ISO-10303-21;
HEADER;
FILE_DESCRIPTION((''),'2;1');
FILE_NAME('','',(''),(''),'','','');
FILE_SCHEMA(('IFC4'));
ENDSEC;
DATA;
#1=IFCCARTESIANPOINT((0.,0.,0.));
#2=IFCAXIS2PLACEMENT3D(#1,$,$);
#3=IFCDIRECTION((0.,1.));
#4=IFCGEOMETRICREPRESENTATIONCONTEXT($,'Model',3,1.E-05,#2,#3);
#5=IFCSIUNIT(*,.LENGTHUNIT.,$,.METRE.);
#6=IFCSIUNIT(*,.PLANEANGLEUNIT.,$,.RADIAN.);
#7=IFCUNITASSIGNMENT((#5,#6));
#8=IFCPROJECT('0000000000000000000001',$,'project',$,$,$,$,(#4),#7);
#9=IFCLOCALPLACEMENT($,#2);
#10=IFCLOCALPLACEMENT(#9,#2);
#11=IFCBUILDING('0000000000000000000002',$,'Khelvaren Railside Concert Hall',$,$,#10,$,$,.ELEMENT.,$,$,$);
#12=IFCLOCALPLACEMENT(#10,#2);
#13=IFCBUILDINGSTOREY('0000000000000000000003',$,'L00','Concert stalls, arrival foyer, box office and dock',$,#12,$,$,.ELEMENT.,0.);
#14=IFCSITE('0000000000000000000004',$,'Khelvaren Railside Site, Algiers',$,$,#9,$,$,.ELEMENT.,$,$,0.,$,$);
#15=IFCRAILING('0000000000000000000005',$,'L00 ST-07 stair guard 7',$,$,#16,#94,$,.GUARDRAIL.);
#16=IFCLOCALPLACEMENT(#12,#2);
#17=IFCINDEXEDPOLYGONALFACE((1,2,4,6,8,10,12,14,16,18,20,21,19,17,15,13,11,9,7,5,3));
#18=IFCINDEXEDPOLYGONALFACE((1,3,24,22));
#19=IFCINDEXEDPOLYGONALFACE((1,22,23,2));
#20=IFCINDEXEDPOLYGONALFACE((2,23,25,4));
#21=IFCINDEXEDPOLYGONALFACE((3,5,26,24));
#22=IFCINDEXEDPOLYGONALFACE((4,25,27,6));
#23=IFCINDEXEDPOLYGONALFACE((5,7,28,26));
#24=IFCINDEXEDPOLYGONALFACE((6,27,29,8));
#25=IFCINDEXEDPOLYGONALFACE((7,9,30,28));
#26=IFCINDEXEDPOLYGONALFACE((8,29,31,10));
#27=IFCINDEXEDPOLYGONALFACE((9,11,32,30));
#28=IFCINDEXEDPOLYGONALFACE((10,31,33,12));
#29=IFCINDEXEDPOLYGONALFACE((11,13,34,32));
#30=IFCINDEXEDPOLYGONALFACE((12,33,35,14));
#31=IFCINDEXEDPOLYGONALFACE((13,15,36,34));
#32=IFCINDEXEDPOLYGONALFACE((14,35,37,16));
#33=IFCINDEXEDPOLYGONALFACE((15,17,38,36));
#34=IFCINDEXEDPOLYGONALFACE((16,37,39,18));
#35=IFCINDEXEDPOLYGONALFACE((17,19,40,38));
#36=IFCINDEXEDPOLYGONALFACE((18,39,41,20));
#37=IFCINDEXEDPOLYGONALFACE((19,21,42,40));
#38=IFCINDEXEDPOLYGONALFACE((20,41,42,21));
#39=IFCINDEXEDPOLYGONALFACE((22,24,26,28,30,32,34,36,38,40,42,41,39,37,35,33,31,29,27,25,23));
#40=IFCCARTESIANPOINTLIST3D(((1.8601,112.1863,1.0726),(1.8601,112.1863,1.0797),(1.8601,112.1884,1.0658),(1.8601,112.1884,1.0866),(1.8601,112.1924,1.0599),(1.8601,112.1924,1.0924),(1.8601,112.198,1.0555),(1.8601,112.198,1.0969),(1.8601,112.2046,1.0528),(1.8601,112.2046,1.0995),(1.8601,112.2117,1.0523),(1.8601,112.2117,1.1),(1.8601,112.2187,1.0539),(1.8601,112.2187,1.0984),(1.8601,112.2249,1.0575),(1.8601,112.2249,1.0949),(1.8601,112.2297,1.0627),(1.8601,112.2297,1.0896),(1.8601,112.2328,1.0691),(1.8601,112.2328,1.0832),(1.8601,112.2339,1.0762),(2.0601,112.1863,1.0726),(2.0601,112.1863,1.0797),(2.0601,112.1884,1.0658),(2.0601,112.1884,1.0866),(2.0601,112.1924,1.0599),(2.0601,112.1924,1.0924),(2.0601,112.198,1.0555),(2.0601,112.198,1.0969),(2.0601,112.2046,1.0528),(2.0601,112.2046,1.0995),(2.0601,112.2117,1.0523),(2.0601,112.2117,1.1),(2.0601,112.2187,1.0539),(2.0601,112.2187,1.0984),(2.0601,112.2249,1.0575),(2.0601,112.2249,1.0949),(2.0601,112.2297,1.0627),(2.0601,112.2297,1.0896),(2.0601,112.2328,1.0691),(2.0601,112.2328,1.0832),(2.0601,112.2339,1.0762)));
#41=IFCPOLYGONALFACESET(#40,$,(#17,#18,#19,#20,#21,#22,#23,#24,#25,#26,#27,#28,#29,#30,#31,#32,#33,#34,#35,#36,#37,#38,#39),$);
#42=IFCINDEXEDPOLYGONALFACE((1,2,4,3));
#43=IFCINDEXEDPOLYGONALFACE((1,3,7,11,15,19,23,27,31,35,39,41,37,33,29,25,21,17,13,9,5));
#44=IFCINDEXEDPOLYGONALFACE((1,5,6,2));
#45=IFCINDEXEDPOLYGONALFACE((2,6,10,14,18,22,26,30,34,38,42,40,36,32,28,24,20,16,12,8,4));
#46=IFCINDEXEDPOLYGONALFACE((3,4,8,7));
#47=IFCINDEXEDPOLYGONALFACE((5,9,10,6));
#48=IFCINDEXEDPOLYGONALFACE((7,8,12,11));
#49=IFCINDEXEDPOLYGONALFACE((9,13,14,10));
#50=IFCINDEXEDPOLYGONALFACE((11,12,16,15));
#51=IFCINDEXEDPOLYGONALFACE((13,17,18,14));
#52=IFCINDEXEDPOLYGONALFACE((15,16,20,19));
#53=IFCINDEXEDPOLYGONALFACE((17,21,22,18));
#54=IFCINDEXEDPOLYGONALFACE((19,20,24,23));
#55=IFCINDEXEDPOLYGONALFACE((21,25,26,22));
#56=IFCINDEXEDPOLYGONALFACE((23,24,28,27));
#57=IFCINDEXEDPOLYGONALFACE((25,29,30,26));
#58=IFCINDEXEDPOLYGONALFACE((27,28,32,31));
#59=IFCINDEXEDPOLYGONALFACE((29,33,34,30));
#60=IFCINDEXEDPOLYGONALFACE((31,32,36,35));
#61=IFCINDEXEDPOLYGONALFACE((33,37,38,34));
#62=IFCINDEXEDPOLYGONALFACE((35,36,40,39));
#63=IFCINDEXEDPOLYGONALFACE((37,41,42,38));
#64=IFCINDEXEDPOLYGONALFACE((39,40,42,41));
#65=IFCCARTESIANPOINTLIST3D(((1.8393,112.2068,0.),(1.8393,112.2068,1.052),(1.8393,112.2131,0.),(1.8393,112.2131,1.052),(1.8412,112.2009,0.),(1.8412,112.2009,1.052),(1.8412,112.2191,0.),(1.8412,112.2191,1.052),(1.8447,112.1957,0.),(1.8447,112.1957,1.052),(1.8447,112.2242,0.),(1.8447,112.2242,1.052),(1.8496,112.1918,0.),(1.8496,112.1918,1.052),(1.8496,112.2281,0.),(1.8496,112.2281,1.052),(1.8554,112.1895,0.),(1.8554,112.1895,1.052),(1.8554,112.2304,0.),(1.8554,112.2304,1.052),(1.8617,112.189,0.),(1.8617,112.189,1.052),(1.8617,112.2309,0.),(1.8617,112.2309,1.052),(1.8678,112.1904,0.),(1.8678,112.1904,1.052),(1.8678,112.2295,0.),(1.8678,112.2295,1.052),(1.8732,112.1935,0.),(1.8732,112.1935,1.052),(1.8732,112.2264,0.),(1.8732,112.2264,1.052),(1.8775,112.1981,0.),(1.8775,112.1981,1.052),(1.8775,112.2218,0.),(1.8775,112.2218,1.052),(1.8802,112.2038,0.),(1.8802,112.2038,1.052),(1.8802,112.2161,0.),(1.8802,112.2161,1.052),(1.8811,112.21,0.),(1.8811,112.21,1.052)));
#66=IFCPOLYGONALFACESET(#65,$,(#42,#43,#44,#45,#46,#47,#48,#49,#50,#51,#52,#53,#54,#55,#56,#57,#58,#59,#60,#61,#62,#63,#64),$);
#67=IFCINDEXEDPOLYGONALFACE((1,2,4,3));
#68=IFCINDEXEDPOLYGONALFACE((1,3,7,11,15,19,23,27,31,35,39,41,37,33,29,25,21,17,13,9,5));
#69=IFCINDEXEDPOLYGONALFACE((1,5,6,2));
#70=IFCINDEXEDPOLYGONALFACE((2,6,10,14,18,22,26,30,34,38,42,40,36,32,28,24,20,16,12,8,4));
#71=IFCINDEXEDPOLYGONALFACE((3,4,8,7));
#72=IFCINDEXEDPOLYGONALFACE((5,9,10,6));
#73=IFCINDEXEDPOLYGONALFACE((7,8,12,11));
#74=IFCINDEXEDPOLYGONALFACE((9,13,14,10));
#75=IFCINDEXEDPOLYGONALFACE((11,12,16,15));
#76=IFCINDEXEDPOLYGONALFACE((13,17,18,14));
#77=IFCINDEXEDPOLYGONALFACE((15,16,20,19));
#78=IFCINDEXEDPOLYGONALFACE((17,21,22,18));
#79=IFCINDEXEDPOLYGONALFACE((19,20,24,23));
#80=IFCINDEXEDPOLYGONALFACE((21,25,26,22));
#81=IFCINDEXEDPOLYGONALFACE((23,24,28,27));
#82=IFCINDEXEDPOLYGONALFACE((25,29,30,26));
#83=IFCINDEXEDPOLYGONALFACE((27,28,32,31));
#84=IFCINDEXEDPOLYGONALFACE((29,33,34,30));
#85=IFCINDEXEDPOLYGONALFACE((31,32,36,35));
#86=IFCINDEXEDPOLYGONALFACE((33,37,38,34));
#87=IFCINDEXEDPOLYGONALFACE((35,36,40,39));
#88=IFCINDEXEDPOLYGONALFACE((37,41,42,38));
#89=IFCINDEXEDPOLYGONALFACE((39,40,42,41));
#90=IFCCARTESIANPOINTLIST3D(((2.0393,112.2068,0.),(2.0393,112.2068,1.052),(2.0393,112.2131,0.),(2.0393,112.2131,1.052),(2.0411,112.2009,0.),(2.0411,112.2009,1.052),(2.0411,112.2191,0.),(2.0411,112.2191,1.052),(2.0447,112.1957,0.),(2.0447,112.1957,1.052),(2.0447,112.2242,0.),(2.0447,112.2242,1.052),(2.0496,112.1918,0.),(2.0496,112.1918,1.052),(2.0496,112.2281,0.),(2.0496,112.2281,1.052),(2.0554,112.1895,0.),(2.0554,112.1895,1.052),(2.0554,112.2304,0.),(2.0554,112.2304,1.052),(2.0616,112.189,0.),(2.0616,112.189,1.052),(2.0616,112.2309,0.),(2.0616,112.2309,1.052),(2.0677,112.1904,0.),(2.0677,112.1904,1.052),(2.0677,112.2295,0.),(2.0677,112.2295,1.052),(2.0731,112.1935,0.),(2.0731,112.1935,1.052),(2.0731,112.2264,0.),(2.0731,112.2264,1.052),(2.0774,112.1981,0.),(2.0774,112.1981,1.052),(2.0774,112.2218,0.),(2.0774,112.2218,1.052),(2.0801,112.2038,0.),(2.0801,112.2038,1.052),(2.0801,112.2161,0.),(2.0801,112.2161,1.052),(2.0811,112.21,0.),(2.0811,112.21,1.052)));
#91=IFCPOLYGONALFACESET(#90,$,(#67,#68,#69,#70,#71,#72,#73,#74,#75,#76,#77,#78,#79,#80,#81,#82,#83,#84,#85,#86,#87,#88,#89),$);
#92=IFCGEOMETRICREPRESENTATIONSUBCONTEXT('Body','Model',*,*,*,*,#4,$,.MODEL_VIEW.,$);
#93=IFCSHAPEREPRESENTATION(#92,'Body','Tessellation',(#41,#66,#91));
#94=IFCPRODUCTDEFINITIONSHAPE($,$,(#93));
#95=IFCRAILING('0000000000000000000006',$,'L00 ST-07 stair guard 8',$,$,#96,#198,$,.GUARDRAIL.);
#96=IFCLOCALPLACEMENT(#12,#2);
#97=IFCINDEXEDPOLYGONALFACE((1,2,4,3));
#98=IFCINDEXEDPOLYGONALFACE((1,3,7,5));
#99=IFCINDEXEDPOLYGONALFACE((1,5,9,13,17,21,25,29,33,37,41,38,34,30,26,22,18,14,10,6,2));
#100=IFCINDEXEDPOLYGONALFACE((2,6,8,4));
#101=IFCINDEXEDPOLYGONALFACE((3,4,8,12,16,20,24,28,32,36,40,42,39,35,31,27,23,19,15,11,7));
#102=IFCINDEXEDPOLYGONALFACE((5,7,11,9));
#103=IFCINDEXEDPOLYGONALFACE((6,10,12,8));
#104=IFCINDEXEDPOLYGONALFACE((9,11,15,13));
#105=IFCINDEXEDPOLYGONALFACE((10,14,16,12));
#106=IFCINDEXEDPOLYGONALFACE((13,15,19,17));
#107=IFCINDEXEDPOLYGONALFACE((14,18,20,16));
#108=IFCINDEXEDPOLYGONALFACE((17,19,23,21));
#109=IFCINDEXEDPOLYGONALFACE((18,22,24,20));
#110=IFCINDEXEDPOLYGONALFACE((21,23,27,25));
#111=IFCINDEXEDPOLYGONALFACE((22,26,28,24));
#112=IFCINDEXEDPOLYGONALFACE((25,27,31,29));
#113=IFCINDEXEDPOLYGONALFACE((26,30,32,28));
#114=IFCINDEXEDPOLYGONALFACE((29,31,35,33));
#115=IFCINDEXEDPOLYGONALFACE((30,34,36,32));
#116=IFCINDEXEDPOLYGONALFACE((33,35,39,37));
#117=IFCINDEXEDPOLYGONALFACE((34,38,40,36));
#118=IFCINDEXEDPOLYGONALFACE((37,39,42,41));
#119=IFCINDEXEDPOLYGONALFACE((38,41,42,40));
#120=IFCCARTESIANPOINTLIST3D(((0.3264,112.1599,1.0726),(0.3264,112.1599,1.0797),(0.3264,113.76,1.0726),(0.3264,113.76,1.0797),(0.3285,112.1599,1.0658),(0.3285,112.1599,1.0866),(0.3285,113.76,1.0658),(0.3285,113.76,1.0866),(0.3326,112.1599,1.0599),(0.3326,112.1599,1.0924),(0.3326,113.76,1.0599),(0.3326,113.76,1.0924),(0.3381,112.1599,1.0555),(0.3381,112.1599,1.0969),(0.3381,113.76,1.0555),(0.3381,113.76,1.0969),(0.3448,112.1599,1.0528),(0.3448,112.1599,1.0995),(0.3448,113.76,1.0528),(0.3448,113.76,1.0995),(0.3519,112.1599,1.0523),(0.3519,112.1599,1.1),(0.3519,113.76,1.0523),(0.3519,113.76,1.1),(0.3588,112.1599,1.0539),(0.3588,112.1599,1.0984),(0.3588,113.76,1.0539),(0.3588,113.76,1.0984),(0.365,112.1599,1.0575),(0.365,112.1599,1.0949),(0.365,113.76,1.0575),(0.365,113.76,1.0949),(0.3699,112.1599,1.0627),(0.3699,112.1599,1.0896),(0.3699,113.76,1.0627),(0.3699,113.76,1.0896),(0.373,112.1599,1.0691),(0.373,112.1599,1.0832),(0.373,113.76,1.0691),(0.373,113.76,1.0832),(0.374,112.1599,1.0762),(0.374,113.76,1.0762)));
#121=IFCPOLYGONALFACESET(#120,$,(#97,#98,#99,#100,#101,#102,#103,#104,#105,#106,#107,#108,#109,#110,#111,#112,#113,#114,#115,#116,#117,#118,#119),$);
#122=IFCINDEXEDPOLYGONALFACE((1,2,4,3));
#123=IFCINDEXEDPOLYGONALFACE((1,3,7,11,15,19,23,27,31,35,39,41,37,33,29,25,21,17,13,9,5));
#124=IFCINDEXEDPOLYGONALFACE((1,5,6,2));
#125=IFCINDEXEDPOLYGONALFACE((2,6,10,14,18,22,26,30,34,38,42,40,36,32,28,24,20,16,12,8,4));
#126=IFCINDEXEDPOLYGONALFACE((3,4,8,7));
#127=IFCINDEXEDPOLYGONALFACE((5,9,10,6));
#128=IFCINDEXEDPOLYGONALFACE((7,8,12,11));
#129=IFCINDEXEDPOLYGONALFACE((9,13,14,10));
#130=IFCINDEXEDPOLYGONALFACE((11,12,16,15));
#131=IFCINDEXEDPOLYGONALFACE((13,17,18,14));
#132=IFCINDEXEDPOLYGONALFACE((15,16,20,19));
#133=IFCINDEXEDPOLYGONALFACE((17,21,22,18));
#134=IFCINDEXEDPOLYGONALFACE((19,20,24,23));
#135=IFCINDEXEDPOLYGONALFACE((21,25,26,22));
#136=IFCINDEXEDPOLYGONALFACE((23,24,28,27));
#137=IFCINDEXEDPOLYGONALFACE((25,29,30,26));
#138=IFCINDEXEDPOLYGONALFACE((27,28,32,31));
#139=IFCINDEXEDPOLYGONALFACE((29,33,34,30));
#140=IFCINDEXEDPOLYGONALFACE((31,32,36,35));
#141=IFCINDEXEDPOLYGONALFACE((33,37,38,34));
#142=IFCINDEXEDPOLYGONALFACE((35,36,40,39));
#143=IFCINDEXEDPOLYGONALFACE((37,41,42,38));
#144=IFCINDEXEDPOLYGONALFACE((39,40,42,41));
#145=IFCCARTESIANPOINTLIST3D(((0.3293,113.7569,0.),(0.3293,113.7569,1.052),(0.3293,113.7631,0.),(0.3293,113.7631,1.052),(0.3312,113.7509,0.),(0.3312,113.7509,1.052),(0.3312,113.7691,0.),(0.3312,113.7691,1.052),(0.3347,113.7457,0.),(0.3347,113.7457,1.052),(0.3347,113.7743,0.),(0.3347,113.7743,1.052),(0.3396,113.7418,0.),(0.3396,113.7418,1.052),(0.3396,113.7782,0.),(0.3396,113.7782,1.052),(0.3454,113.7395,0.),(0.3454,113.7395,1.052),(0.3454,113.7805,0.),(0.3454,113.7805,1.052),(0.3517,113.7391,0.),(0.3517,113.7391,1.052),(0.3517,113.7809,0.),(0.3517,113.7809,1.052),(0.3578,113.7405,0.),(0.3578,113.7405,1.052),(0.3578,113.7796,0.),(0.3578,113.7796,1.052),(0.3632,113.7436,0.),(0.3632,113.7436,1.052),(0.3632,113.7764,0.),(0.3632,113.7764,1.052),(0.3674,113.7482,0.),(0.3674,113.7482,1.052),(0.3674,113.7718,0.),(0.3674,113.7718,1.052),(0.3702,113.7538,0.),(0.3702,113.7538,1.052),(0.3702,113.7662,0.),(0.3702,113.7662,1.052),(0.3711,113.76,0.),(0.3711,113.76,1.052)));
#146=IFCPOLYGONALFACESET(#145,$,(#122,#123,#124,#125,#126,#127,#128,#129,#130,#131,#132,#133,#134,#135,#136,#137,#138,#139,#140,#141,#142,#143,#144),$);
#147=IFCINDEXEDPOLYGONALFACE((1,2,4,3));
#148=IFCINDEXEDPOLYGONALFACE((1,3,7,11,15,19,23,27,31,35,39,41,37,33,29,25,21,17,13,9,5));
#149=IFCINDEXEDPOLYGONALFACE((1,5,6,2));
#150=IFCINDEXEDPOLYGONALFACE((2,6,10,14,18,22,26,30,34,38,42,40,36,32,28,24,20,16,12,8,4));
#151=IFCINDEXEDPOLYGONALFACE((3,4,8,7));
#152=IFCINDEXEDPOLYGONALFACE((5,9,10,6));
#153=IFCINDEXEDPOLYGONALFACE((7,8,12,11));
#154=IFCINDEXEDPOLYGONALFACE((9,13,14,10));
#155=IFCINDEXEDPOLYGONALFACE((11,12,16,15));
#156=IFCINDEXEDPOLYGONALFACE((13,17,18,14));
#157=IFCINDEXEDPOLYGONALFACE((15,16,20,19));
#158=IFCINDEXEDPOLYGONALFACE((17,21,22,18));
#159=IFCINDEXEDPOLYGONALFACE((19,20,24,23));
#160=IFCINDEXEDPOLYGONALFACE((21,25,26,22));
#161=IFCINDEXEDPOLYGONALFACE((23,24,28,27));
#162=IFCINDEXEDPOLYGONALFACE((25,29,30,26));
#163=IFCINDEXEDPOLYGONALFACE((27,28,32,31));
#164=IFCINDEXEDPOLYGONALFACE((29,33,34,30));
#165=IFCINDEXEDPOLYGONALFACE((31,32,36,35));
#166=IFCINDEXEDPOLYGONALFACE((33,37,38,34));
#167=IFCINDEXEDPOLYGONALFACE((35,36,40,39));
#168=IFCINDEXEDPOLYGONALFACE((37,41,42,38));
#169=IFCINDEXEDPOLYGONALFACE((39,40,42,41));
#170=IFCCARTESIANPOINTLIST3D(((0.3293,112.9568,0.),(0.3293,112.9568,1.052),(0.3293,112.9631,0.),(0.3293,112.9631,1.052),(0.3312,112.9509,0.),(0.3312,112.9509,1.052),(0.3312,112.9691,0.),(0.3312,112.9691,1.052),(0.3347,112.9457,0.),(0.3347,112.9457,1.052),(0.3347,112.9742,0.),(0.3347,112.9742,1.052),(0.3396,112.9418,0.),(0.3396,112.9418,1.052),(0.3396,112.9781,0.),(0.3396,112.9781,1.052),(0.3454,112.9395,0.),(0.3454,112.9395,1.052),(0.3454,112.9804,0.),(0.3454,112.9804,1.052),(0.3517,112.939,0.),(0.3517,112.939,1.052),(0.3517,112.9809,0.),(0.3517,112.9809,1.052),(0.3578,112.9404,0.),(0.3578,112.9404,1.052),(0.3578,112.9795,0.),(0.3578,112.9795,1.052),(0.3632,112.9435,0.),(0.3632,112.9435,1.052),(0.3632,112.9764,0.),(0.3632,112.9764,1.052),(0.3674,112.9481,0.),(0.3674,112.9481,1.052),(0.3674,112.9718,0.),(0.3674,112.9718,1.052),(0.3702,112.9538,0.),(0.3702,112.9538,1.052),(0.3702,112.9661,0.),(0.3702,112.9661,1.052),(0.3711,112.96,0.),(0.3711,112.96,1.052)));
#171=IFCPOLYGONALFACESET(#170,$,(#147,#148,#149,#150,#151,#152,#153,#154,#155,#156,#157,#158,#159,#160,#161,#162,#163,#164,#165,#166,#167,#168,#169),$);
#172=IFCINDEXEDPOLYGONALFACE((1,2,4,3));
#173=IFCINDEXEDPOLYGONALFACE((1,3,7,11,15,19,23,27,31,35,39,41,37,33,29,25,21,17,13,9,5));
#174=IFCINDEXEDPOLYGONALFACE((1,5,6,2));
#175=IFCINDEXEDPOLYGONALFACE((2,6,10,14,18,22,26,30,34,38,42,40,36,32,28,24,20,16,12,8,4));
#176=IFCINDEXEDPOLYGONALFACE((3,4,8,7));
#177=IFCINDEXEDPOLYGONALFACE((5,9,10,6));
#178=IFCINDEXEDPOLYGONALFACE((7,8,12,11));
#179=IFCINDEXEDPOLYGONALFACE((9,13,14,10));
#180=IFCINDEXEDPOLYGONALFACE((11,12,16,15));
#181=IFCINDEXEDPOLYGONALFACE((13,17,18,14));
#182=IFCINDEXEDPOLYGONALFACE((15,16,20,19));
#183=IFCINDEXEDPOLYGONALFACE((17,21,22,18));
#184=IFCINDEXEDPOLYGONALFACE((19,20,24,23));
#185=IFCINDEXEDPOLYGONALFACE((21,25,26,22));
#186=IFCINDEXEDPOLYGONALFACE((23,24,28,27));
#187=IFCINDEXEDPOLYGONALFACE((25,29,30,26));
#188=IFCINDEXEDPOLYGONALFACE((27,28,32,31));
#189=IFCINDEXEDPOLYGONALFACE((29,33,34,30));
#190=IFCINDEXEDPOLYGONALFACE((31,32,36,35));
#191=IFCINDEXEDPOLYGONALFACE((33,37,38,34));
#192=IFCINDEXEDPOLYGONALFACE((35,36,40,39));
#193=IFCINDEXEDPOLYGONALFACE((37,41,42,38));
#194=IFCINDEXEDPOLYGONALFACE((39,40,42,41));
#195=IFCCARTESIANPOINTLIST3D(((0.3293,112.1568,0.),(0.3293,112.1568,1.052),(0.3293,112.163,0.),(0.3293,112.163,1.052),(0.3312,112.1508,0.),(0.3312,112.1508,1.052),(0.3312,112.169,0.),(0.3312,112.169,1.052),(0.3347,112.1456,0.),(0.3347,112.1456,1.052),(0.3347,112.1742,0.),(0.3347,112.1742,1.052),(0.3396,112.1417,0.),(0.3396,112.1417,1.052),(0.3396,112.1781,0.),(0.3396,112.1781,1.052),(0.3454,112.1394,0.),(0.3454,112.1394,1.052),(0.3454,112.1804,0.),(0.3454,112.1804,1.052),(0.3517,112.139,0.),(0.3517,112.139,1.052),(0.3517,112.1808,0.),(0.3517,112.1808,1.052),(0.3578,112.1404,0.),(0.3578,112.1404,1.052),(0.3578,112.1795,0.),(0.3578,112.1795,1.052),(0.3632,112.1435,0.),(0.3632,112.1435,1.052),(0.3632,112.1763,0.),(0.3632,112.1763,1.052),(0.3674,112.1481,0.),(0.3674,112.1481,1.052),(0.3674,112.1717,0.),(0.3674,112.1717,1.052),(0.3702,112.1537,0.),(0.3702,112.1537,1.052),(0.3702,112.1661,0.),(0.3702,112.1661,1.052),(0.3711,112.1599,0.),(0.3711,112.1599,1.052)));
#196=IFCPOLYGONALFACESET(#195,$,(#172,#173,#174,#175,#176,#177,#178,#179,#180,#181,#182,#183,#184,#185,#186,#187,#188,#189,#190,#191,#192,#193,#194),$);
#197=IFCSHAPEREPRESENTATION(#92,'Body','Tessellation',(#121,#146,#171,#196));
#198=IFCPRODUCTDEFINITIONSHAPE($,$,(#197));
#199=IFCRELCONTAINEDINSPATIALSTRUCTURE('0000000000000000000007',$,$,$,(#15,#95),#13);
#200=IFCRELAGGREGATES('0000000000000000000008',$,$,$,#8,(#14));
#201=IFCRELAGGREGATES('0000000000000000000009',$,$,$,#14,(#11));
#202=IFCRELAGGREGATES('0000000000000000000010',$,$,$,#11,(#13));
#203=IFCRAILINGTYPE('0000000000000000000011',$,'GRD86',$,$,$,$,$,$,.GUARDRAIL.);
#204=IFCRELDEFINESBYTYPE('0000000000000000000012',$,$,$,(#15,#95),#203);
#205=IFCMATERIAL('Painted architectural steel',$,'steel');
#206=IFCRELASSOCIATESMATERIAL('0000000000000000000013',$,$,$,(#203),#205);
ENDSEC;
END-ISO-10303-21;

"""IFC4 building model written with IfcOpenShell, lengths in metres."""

from ifc_helpers import new_model, si_unit, direction, frame, origin, origin_2d, place, context, subcontext, project, spatial, circle, extrude, material, type_object, element, save


model = new_model("IFC4")

# Units and contexts
model_context = context("Model", 3, precision=1e-05, world=origin(), true_north=direction((0.0, 1.0)))
body_context = subcontext(model_context, "Body", "Model", "MODEL_VIEW")
ifc_project = project(units=[si_unit("LENGTHUNIT", "METRE"), si_unit("PLANEANGLEUNIT", "RADIAN")], contexts=[model_context])

# Site, building, storey
site_placement = place(None, origin())
site = spatial("IfcSite", under=ifc_project, at=site_placement, Name="Khelvaren Railside Site, Algiers", CompositionType="ELEMENT", RefElevation=0.0)
building_placement = place(site_placement, origin())
building = spatial("IfcBuilding", under=site, at=building_placement, Name="Khelvaren Railside Concert Hall", CompositionType="ELEMENT")
storey_placement = place(building_placement, origin())
storey = spatial("IfcBuildingStorey", under=building, at=storey_placement, Name="L00", Description="Concert stalls, arrival foyer, box office and dock", CompositionType="ELEMENT", Elevation=0.0)

# Railings
ifc_material_1 = material(Name="Painted architectural steel", Category="steel")
railing_type_1 = type_object("IfcRailingType", Name="GRD86", PredefinedType="GUARDRAIL", material=ifc_material_1)
railing_1_placement = place(storey_placement, frame((1.8601, 112.21, 0.0)))
element("IfcRailing", 1, at=railing_1_placement, inside=storey, type_object=railing_type_1, Name="L00 ST-07 stair guard 7", PredefinedType="GUARDRAIL", context=body_context, shape_type="SweptSolid", body=[
    extrude(circle(Radius=0.0239, at=origin_2d()), frame((0.0, 0.0, 1.0762), z_axis=(1.0, 0.0, 0.0), x_axis=(0.0, 1.0, 0.0)), (0.0, 0.0, 1.0), 0.2),
    extrude(circle(Radius=0.021, at=origin_2d()), origin(), (0.0, 0.0, 1.0), 1.052),
    extrude(circle(Radius=0.021, at=origin_2d()), frame((0.2, 0.0, 0.0)), (0.0, 0.0, 1.0), 1.052),
])
railing_2_placement = place(storey_placement, frame((0.3501, 113.76, 0.0)))
element("IfcRailing", 2, at=railing_2_placement, inside=storey, type_object=railing_type_1, Name="L00 ST-07 stair guard 8", PredefinedType="GUARDRAIL", context=body_context, shape_type="SweptSolid", body=[
    extrude(circle(Radius=0.0239, at=origin_2d()), frame((0.0, 0.0, 1.0762), z_axis=(0.0, -1.0, 0.0), x_axis=(1.0, 0.0, 0.0)), (0.0, 0.0, 1.0), 1.6001),
    extrude(circle(Radius=0.021, at=origin_2d()), origin(), (0.0, 0.0, 1.0), 1.052),
    extrude(circle(Radius=0.021, at=origin_2d()), frame((0.0, -0.8, 0.0)), (0.0, 0.0, 1.0), 1.052),
    extrude(circle(Radius=0.021, at=origin_2d()), frame((0.0, -1.6001, 0.0)), (0.0, 0.0, 1.0), 1.052),
])

save(model, "model.ifc")
